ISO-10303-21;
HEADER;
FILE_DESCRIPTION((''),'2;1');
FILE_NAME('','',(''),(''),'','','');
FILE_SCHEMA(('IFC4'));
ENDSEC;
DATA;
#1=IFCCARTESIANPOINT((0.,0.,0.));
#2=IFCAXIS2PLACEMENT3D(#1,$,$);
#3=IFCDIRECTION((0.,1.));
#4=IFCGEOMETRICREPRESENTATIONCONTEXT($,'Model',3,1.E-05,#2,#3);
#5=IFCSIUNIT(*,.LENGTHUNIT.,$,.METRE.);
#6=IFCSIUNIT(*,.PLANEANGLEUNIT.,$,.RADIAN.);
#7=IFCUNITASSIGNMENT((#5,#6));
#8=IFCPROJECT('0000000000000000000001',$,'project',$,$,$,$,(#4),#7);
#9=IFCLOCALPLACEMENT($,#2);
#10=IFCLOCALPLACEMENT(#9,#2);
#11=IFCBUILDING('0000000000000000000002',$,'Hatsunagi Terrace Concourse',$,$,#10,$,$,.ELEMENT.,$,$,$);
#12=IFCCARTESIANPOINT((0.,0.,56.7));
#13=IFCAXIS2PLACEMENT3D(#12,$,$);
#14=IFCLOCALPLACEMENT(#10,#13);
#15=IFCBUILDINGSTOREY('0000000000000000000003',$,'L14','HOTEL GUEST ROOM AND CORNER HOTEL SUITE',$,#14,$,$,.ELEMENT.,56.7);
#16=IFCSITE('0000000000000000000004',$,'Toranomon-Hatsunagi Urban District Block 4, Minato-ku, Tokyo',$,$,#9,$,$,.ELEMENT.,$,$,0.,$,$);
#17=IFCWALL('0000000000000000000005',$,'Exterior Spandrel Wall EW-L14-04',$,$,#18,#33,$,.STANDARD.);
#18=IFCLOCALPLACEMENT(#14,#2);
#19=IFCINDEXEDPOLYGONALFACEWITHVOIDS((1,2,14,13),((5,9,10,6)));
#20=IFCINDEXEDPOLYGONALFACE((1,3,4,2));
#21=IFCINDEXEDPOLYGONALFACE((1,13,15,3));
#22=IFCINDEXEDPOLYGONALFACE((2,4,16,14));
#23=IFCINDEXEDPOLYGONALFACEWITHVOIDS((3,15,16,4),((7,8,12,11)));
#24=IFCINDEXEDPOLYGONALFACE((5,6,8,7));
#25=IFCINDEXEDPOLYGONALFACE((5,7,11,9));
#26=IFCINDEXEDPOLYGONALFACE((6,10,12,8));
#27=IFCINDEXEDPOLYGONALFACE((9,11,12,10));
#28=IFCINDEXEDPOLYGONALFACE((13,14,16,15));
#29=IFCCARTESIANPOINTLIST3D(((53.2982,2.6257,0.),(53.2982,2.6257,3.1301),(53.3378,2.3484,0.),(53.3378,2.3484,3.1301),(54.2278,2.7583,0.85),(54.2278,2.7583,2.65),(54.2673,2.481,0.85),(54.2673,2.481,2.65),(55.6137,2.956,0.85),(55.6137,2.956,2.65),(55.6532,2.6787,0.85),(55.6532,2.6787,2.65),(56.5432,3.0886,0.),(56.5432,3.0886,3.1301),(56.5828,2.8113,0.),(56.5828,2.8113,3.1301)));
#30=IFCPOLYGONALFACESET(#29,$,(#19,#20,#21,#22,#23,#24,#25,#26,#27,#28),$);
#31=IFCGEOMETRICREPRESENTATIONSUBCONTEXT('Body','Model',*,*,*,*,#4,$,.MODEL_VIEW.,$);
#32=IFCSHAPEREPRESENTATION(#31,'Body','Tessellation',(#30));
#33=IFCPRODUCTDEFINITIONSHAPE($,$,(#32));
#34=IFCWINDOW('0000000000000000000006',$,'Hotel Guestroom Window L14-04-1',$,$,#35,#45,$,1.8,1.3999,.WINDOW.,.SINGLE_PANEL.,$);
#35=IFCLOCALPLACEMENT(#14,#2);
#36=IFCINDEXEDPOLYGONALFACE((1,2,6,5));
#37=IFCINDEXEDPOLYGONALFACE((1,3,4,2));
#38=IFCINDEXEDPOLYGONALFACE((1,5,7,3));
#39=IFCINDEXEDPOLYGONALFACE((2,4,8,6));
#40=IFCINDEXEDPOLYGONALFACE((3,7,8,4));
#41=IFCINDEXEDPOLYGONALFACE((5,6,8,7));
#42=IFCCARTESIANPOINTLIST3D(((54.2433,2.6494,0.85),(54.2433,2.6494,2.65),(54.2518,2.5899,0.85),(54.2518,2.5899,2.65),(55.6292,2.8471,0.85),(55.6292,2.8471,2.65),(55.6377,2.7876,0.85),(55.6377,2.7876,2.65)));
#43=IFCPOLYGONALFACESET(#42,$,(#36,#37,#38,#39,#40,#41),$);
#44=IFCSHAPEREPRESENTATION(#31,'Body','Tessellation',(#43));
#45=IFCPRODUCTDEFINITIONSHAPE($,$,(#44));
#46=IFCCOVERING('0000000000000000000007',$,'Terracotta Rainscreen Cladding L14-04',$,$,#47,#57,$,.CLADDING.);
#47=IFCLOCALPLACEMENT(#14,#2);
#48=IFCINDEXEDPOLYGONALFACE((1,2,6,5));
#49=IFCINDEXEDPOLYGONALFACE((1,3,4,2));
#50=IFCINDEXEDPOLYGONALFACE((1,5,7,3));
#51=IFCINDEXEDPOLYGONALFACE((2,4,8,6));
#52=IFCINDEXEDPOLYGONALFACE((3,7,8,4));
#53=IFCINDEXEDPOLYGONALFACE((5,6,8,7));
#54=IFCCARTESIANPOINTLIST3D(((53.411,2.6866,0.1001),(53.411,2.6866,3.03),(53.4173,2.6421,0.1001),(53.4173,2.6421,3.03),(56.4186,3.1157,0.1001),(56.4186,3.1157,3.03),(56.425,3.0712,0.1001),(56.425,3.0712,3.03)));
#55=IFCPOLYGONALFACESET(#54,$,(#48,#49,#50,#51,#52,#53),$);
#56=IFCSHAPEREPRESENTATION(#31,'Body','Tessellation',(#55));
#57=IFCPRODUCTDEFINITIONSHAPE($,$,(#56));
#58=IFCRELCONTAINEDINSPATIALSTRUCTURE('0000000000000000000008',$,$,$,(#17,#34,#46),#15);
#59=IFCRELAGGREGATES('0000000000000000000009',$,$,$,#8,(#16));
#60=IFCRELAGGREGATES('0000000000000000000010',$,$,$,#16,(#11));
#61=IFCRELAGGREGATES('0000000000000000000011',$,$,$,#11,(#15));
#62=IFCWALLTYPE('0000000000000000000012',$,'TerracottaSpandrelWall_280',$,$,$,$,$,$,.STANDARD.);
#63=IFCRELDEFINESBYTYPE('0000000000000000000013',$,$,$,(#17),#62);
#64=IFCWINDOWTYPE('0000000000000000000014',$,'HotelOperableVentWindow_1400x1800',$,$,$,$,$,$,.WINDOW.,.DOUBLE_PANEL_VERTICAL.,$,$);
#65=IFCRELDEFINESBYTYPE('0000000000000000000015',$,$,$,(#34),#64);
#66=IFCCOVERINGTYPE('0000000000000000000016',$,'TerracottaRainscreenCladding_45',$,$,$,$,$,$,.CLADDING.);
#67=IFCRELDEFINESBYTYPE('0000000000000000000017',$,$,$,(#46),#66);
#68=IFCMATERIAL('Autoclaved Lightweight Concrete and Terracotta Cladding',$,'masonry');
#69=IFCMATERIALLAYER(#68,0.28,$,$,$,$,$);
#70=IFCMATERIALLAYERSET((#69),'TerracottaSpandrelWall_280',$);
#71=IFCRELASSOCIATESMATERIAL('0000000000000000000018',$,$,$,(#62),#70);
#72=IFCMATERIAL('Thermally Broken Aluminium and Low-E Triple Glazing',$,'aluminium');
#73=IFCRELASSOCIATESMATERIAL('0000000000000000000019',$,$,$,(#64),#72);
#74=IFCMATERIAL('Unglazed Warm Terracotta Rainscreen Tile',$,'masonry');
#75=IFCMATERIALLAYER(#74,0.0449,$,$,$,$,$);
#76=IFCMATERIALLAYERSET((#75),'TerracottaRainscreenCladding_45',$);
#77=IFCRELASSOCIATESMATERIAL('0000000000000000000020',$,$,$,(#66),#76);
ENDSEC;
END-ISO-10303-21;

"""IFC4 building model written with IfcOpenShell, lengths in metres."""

from ifc_helpers import new_model, si_unit, direction, frame, frame_2d, origin, origin_2d, place, context, subcontext, project, spatial, rectangle, extrude, material, layer, layer_set, type_object, element, fill, save


model = new_model("IFC4")

# Units and contexts
model_context = context("Model", 3, precision=1e-05, world=origin(), true_north=direction((0.0, 1.0)))
body_context = subcontext(model_context, "Body", "Model", "MODEL_VIEW")
ifc_project = project(units=[si_unit("LENGTHUNIT", "METRE"), si_unit("PLANEANGLEUNIT", "RADIAN")], contexts=[model_context])

# Site, building, storey
site_placement = place(None, origin())
site = spatial("IfcSite", under=ifc_project, at=site_placement, Name="Toranomon-Hatsunagi Urban District Block 4, Minato-ku, Tokyo", CompositionType="ELEMENT", RefElevation=0.0)
building_placement = place(site_placement, origin())
building = spatial("IfcBuilding", under=site, at=building_placement, Name="Hatsunagi Terrace Concourse", CompositionType="ELEMENT")
storey_placement = place(building_placement, frame((0.0, 0.0, 56.7)))
storey = spatial("IfcBuildingStorey", under=building, at=storey_placement, Name="L14", Description="HOTEL GUEST ROOM AND CORNER HOTEL SUITE", CompositionType="ELEMENT", Elevation=56.7)

# Wall, opening, window
ifc_material_1 = material(Name="Autoclaved Lightweight Concrete and Terracotta Cladding", Category="masonry")
ifc_layer_1 = layer(ifc_material_1, 0.28)
ifc_layer_set_1 = layer_set([ifc_layer_1], Name="TerracottaSpandrelWall_280")
wall_type_1 = type_object("IfcWallType", Name="TerracottaSpandrelWall_280", PredefinedType="STANDARD", material=ifc_layer_set_1)
wall_1_placement = place(storey_placement, frame((56.563, 2.95, 0.0), z_axis=(0.0, 0.0, 1.0), x_axis=(-0.989978, -0.141223, 0.0)))
wall_1 = element("IfcWall", 1, at=wall_1_placement, inside=storey, type_object=wall_type_1, Name="Exterior Spandrel Wall EW-L14-04", PredefinedType="STANDARD", context=body_context, shape_type="SweptSolid", body=[
    extrude(rectangle(XDim=3.2778, YDim=0.28, at=frame_2d((1.6389, 0.0))), origin(), (0.0, 0.0, 1.0), 3.1301),
])
opening_1_placement = place(wall_1_placement, frame((0.939, 0.0, 0.8501)))
opening_1 = element("IfcOpeningElement", 2, at=opening_1_placement, cuts=wall_1, PredefinedType="OPENING", context=body_context, shape_type="SweptSolid", body=[
    extrude(rectangle(XDim=1.3999, YDim=1.8, at=frame_2d((0.7, 0.8999))), frame((0.0, 0.1499, 0.0), z_axis=(0.0, -1.0, 0.0), x_axis=(1.0, 0.0, 0.0)), (0.0, 0.0, 1.0), 0.3),
])
ifc_material_2 = material(Name="Thermally Broken Aluminium and Low-E Triple Glazing", Category="aluminium")
window_type = type_object("IfcWindowType", Name="HotelOperableVentWindow_1400x1800", PartitioningType="DOUBLE_PANEL_VERTICAL", PredefinedType="WINDOW", material=ifc_material_2)
window_placement = place(opening_1_placement, origin())
window = element("IfcWindow", 3, at=window_placement, inside=storey, type_object=window_type, Name="Hotel Guestroom Window L14-04-1", OverallHeight=1.8, OverallWidth=1.3999, PartitioningType="SINGLE_PANEL", PredefinedType="WINDOW", context=body_context, shape_type="SweptSolid", body=[
    extrude(rectangle(XDim=1.3999, YDim=1.8, at=frame_2d((0.7, 0.8999))), frame((0.0, 0.03, 0.0), z_axis=(0.0, -1.0, 0.0), x_axis=(1.0, 0.0, 0.0)), (0.0, 0.0, 1.0), 0.0601),
])
fill(opening_1, window)

# Covering
ifc_material_3 = material(Name="Unglazed Warm Terracotta Rainscreen Tile", Category="masonry")
ifc_layer_2 = layer(ifc_material_3, 0.0449)
ifc_layer_set_2 = layer_set([ifc_layer_2], Name="TerracottaRainscreenCladding_45")
covering_type = type_object("IfcCoveringType", Name="TerracottaRainscreenCladding_45", PredefinedType="CLADDING", material=ifc_layer_set_2)
covering_placement = place(storey_placement, frame((54.918, 2.8789, 0.1001), z_axis=(0.0, 0.0, 1.0), x_axis=(-0.989974, -0.14125, 0.0)))
element("IfcCovering", 4, at=covering_placement, inside=storey, type_object=covering_type, Name="Terracotta Rainscreen Cladding L14-04", PredefinedType="CLADDING", context=body_context, shape_type="SweptSolid", body=[
    extrude(rectangle(XDim=3.0381, YDim=0.0449, at=origin_2d()), origin(), (0.0, 0.0, 1.0), 2.9299),
])

save(model, "model.ifc")
